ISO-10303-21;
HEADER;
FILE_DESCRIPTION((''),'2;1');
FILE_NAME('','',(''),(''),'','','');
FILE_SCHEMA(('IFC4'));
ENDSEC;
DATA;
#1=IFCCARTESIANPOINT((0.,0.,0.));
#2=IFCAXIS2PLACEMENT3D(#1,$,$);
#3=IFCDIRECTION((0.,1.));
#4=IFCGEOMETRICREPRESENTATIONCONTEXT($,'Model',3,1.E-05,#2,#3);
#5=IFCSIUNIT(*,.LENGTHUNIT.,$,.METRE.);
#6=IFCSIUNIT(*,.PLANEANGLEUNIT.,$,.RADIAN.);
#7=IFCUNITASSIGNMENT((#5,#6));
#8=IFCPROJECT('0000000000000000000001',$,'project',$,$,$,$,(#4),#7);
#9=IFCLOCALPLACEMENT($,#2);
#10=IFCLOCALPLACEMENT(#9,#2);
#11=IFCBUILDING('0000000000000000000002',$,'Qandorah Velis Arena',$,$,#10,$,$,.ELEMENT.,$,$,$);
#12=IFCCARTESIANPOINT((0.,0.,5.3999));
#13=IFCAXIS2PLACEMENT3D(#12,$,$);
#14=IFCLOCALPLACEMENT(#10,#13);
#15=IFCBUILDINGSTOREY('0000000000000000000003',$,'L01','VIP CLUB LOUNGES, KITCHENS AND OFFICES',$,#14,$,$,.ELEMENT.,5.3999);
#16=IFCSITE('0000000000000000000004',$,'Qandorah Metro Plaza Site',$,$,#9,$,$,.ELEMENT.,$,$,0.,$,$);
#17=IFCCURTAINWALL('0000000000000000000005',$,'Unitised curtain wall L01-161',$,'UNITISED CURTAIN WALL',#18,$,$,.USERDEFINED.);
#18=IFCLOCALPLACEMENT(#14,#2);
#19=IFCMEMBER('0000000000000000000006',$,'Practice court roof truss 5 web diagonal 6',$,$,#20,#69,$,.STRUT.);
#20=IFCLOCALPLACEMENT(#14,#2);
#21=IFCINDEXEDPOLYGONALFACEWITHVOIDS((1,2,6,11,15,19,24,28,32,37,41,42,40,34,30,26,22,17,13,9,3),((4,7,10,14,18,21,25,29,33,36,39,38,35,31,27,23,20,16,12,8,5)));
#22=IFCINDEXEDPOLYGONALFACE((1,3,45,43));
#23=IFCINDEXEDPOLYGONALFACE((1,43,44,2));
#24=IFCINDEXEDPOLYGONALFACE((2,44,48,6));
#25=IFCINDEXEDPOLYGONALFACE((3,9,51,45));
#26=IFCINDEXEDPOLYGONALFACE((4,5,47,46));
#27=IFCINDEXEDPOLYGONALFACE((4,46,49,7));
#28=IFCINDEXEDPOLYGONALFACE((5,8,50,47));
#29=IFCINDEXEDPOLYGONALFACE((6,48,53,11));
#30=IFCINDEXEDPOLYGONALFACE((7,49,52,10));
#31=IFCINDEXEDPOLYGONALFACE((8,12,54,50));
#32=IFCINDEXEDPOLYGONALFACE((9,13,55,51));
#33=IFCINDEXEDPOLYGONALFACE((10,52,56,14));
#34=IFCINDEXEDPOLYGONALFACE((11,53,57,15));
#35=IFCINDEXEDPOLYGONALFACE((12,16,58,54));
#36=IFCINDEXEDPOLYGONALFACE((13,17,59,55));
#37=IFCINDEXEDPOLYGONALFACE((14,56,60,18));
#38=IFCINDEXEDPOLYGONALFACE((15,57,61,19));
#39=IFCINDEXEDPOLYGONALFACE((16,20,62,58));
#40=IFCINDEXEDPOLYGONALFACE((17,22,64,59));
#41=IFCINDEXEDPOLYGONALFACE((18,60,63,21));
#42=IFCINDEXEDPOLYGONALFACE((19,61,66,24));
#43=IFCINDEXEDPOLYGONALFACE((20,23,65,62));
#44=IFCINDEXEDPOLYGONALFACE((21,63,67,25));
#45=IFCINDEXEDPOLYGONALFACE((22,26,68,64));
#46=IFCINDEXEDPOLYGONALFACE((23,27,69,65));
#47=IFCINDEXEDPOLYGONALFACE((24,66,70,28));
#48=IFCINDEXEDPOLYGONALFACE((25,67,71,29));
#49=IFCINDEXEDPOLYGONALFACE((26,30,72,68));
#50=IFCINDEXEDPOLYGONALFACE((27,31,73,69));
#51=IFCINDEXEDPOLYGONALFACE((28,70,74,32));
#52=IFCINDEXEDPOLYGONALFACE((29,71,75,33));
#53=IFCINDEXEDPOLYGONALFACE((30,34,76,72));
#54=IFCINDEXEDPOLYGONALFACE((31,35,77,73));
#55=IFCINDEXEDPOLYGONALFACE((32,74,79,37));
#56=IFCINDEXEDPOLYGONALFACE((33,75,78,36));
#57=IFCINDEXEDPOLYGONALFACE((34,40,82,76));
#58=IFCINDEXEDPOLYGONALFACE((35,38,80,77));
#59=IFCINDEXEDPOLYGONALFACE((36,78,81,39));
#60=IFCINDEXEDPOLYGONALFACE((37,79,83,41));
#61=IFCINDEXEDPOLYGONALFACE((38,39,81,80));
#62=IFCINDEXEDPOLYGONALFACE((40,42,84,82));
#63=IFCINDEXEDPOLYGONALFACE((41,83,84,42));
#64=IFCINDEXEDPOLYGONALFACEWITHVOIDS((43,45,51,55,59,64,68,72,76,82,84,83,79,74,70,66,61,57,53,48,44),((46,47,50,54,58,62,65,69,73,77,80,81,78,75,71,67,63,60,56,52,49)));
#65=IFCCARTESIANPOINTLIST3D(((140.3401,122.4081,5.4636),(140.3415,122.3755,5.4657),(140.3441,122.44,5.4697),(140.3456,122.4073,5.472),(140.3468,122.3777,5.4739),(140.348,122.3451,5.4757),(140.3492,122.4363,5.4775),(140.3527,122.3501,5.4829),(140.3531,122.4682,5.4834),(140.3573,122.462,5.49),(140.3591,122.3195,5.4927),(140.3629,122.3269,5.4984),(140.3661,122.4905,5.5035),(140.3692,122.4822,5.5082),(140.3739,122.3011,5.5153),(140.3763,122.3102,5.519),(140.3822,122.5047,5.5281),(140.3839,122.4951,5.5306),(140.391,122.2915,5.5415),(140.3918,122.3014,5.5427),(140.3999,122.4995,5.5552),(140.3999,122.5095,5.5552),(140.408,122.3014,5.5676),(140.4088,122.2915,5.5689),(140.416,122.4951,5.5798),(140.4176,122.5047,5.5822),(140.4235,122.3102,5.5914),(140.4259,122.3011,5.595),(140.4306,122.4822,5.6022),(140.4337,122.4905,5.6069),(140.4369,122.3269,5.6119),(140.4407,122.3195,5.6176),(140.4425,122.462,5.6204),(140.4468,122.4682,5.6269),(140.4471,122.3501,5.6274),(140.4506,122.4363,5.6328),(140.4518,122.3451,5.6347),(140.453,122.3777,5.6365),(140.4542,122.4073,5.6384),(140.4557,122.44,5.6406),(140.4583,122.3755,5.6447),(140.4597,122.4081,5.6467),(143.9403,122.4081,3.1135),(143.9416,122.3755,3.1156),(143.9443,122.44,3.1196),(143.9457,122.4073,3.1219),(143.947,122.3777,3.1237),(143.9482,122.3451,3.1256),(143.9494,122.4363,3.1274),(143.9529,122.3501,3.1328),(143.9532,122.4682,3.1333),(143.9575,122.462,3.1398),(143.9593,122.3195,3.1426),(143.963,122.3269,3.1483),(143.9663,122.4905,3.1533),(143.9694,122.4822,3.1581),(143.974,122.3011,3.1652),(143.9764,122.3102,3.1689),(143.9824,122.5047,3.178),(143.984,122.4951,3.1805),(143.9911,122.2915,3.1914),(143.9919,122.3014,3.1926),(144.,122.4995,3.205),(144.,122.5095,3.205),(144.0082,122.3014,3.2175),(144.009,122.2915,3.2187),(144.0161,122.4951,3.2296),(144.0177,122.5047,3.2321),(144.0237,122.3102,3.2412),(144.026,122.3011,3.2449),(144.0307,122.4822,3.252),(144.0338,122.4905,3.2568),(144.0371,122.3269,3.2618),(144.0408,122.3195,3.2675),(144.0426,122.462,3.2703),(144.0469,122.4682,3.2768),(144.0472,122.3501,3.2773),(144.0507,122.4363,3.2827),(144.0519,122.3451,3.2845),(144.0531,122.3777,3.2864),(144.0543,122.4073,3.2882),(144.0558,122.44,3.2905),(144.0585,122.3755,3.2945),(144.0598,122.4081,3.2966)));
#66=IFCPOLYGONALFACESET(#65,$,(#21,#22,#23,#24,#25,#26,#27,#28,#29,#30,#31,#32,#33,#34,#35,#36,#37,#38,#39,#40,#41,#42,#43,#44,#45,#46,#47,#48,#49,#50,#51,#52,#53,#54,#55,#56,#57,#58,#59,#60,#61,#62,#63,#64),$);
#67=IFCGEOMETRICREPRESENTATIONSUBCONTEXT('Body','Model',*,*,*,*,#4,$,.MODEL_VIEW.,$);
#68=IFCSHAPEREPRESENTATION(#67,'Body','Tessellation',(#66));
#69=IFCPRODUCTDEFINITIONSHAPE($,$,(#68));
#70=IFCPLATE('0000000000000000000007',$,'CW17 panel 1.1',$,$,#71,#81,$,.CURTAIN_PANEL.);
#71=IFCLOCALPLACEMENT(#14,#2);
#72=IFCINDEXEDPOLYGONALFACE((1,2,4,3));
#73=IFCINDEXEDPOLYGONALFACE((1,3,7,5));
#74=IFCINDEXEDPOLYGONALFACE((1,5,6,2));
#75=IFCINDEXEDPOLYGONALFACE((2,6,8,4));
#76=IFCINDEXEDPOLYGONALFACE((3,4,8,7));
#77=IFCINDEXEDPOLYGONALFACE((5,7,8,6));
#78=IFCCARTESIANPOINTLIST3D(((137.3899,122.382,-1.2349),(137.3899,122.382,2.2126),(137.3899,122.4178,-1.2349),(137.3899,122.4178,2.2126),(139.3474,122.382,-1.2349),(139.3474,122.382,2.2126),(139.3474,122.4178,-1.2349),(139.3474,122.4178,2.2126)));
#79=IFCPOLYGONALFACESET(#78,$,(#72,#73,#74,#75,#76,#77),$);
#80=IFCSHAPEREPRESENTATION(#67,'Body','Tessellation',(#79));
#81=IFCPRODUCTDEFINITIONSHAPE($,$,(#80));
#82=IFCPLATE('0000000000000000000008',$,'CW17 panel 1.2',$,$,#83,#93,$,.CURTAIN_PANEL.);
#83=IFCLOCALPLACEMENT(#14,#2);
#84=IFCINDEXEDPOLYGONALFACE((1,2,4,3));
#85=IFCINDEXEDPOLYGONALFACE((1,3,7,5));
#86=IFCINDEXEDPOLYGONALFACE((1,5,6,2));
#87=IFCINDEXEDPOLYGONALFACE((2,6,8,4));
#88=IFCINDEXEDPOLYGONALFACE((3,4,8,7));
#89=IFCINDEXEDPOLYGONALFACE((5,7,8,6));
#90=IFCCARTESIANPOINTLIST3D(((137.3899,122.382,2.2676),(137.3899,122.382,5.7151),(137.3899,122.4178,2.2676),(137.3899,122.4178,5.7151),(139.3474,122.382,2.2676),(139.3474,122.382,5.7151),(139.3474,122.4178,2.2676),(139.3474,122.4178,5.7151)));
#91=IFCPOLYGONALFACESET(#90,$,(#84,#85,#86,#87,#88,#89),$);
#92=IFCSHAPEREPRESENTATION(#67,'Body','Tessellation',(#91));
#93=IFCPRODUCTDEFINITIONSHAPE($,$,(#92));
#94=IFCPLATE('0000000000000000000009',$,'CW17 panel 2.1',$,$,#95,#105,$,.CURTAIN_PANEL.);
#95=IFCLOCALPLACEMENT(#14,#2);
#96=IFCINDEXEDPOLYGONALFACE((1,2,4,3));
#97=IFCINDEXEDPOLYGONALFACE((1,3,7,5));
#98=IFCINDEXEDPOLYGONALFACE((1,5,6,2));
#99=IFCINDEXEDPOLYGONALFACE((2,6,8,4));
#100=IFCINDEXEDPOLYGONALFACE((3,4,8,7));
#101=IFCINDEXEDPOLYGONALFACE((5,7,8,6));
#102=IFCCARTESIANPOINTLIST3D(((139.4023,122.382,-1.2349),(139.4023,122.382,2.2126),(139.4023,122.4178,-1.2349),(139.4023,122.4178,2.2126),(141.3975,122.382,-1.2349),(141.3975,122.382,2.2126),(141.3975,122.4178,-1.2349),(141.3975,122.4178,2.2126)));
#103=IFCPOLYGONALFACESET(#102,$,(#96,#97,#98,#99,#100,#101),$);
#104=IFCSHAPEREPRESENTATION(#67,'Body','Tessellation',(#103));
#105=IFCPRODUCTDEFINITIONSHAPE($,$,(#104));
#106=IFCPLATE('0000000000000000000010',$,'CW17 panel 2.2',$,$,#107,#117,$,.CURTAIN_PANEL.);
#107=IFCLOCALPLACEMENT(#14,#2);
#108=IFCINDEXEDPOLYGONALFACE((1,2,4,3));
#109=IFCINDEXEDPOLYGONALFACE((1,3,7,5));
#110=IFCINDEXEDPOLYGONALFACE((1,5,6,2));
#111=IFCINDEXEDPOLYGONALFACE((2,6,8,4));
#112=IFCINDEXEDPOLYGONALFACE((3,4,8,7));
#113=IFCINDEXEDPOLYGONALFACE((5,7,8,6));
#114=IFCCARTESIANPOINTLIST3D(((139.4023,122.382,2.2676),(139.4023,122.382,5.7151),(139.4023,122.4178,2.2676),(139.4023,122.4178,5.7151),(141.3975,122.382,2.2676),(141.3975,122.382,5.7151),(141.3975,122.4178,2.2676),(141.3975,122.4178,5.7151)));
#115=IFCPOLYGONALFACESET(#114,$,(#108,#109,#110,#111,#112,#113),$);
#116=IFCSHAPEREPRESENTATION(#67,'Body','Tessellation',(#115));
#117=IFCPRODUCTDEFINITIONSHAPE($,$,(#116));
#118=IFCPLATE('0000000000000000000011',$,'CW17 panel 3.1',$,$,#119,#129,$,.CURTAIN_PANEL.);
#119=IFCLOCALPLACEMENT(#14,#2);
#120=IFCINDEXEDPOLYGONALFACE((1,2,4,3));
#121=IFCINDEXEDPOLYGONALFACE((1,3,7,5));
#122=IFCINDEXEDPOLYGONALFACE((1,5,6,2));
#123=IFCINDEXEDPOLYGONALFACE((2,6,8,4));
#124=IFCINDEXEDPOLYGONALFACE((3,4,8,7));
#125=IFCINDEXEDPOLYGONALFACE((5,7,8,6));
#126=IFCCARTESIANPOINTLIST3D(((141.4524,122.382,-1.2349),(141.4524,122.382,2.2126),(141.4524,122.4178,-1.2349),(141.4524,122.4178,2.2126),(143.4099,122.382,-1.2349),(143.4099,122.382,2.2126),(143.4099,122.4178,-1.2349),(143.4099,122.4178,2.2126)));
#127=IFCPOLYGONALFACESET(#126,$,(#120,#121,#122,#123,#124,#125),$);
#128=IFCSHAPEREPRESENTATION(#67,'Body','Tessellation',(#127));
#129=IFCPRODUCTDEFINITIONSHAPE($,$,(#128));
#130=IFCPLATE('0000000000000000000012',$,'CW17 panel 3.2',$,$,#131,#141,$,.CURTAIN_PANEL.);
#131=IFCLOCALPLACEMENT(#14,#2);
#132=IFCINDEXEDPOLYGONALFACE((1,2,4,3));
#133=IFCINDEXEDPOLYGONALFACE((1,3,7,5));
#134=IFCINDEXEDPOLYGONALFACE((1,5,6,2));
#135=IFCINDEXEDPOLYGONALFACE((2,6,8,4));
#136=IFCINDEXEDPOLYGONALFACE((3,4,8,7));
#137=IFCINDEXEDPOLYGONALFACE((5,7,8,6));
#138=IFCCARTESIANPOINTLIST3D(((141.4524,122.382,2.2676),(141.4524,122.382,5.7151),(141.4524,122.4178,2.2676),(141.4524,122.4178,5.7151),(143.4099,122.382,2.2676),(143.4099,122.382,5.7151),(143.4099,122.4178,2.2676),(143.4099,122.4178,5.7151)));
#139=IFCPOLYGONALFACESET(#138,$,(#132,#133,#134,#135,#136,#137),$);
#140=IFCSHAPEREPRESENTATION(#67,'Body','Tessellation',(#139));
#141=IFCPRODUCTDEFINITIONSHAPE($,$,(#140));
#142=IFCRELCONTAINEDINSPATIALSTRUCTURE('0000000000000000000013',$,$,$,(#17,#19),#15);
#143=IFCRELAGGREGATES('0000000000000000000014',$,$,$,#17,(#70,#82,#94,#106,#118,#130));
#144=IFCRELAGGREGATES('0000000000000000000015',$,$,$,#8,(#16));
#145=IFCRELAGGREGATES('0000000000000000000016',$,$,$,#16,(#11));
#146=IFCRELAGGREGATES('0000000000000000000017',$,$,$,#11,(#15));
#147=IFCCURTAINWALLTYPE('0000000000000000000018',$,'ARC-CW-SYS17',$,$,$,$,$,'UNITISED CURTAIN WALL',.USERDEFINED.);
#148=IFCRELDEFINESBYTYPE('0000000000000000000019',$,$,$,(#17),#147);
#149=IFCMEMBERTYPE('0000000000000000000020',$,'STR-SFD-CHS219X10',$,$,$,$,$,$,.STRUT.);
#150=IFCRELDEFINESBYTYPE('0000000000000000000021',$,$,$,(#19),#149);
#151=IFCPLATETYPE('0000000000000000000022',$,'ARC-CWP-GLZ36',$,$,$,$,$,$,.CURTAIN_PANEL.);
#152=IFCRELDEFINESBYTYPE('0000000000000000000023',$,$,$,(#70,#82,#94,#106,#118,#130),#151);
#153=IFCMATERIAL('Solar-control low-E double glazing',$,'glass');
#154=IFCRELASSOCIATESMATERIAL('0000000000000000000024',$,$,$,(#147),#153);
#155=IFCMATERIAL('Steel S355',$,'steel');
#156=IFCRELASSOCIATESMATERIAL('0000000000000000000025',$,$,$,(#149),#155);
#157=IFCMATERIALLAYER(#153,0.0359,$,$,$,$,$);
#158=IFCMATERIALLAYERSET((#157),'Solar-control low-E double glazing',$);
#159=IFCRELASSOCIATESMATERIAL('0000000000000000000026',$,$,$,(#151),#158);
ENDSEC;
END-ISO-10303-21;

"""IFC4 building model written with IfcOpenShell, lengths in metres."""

from ifc_helpers import new_model, si_unit, direction, frame, origin, origin_2d, place, context, subcontext, project, spatial, rectangle, hollow_circle, extrude, material, layer, layer_set, material_profile, profile_set, type_object, element, aggregate, save


model = new_model("IFC4")

# Units and contexts
model_context = context("Model", 3, precision=1e-05, world=origin(), true_north=direction((0.0, 1.0)))
body_context = subcontext(model_context, "Body", "Model", "MODEL_VIEW")
ifc_project = project(units=[si_unit("LENGTHUNIT", "METRE"), si_unit("PLANEANGLEUNIT", "RADIAN")], contexts=[model_context])

# Site, building, storey
site_placement = place(None, origin())
site = spatial("IfcSite", under=ifc_project, at=site_placement, Name="Qandorah Metro Plaza Site", CompositionType="ELEMENT", RefElevation=0.0)
building_placement = place(site_placement, origin())
building = spatial("IfcBuilding", under=site, at=building_placement, Name="Qandorah Velis Arena", CompositionType="ELEMENT")
storey_placement = place(building_placement, frame((0.0, 0.0, 5.3999)))
storey = spatial("IfcBuildingStorey", under=building, at=storey_placement, Name="L01", Description="VIP CLUB LOUNGES, KITCHENS AND OFFICES", CompositionType="ELEMENT", Elevation=5.3999)

# Curtain wall
ifc_material_1 = material(Name="Solar-control low-E double glazing", Category="glass")
curtain_wall_type = type_object("IfcCurtainWallType", Name="ARC-CW-SYS17", ElementType="UNITISED CURTAIN WALL", PredefinedType="USERDEFINED", material=ifc_material_1)
curtain_wall_placement = place(storey_placement, origin())
curtain_wall = element("IfcCurtainWall", 1, at=curtain_wall_placement, inside=storey, type_object=curtain_wall_type, Name="Unitised curtain wall L01-161", ObjectType="UNITISED CURTAIN WALL", PredefinedType="USERDEFINED")

# Member
ifc_material_2 = material(Name="Steel S355", Category="steel")
ifc_material_profile_1 = material_profile(ifc_material_2, hollow_circle(Radius=0.1096, WallThickness=0.01, at=origin_2d()), Name="CHS 219.1x10")
ifc_profile_set_1 = profile_set([ifc_material_profile_1], Name="Steel S355")
member_type_1 = type_object("IfcMemberType", Name="STR-SFD-CHS219X10", PredefinedType="STRUT", material=ifc_profile_set_1)
member_1_placement = place(storey_placement, frame((140.3999, 122.3999, 5.5552), z_axis=(0.837376, 0.0, -0.546628), x_axis=(0.0, 1.0, 0.0)))
element("IfcMember", 2, at=member_1_placement, inside=storey, type_object=member_type_1, Name="Practice court roof truss 5 web diagonal 6", PredefinedType="STRUT", context=body_context, shape_type="SweptSolid", body=[
    extrude(hollow_circle(Radius=0.1096, WallThickness=0.01, at=origin_2d()), origin(), (0.0, 0.0, 1.0), 4.2993),
])

# Plates
ifc_layer = layer(ifc_material_1, 0.0359)
ifc_layer_set = layer_set([ifc_layer], Name="Solar-control low-E double glazing")
plate_type = type_object("IfcPlateType", Name="ARC-CWP-GLZ36", PredefinedType="CURTAIN_PANEL", material=ifc_layer_set)
plate_1_placement = place(storey_placement, frame((138.3687, 122.3999, -1.2349), z_axis=(0.0, 0.0, 1.0), x_axis=(1.0, 0.0, 0.0)))
plate_1 = element("IfcPlate", 3, at=plate_1_placement, type_object=plate_type, Name="CW17 panel 1.1", PredefinedType="CURTAIN_PANEL", context=body_context, shape_type="SweptSolid", body=[
    extrude(rectangle(XDim=1.9575, YDim=0.0359, at=origin_2d()), origin(), (0.0, 0.0, 1.0), 3.4475),
])
plate_2_placement = place(storey_placement, frame((138.3687, 122.3999, 2.2676), z_axis=(0.0, 0.0, 1.0), x_axis=(1.0, 0.0, 0.0)))
plate_2 = element("IfcPlate", 4, at=plate_2_placement, type_object=plate_type, Name="CW17 panel 1.2", PredefinedType="CURTAIN_PANEL", context=body_context, shape_type="SweptSolid", body=[
    extrude(rectangle(XDim=1.9575, YDim=0.0359, at=origin_2d()), origin(), (0.0, 0.0, 1.0), 3.4475),
])
plate_3_placement = place(storey_placement, frame((140.3999, 122.3999, -1.2349), z_axis=(0.0, 0.0, 1.0), x_axis=(1.0, 0.0, 0.0)))
plate_3 = element("IfcPlate", 5, at=plate_3_placement, type_object=plate_type, Name="CW17 panel 2.1", PredefinedType="CURTAIN_PANEL", context=body_context, shape_type="SweptSolid", body=[
    extrude(rectangle(XDim=1.9951, YDim=0.0359, at=origin_2d()), origin(), (0.0, 0.0, 1.0), 3.4475),
])
plate_4_placement = place(storey_placement, frame((140.3999, 122.3999, 2.2676), z_axis=(0.0, 0.0, 1.0), x_axis=(1.0, 0.0, 0.0)))
plate_4 = element("IfcPlate", 6, at=plate_4_placement, type_object=plate_type, Name="CW17 panel 2.2", PredefinedType="CURTAIN_PANEL", context=body_context, shape_type="SweptSolid", body=[
    extrude(rectangle(XDim=1.9951, YDim=0.0359, at=origin_2d()), origin(), (0.0, 0.0, 1.0), 3.4475),
])
plate_5_placement = place(storey_placement, frame((142.4312, 122.3999, -1.2349), z_axis=(0.0, 0.0, 1.0), x_axis=(1.0, 0.0, 0.0)))
plate_5 = element("IfcPlate", 7, at=plate_5_placement, type_object=plate_type, Name="CW17 panel 3.1", PredefinedType="CURTAIN_PANEL", context=body_context, shape_type="SweptSolid", body=[
    extrude(rectangle(XDim=1.9575, YDim=0.0359, at=origin_2d()), origin(), (0.0, 0.0, 1.0), 3.4475),
])
plate_6_placement = place(storey_placement, frame((142.4312, 122.3999, 2.2676), z_axis=(0.0, 0.0, 1.0), x_axis=(1.0, 0.0, 0.0)))
plate_6 = element("IfcPlate", 8, at=plate_6_placement, type_object=plate_type, Name="CW17 panel 3.2", PredefinedType="CURTAIN_PANEL", context=body_context, shape_type="SweptSolid", body=[
    extrude(rectangle(XDim=1.9575, YDim=0.0359, at=origin_2d()), origin(), (0.0, 0.0, 1.0), 3.4475),
])
aggregate(curtain_wall, [plate_1, plate_2, plate_3, plate_4, plate_5, plate_6])

save(model, "model.ifc")
